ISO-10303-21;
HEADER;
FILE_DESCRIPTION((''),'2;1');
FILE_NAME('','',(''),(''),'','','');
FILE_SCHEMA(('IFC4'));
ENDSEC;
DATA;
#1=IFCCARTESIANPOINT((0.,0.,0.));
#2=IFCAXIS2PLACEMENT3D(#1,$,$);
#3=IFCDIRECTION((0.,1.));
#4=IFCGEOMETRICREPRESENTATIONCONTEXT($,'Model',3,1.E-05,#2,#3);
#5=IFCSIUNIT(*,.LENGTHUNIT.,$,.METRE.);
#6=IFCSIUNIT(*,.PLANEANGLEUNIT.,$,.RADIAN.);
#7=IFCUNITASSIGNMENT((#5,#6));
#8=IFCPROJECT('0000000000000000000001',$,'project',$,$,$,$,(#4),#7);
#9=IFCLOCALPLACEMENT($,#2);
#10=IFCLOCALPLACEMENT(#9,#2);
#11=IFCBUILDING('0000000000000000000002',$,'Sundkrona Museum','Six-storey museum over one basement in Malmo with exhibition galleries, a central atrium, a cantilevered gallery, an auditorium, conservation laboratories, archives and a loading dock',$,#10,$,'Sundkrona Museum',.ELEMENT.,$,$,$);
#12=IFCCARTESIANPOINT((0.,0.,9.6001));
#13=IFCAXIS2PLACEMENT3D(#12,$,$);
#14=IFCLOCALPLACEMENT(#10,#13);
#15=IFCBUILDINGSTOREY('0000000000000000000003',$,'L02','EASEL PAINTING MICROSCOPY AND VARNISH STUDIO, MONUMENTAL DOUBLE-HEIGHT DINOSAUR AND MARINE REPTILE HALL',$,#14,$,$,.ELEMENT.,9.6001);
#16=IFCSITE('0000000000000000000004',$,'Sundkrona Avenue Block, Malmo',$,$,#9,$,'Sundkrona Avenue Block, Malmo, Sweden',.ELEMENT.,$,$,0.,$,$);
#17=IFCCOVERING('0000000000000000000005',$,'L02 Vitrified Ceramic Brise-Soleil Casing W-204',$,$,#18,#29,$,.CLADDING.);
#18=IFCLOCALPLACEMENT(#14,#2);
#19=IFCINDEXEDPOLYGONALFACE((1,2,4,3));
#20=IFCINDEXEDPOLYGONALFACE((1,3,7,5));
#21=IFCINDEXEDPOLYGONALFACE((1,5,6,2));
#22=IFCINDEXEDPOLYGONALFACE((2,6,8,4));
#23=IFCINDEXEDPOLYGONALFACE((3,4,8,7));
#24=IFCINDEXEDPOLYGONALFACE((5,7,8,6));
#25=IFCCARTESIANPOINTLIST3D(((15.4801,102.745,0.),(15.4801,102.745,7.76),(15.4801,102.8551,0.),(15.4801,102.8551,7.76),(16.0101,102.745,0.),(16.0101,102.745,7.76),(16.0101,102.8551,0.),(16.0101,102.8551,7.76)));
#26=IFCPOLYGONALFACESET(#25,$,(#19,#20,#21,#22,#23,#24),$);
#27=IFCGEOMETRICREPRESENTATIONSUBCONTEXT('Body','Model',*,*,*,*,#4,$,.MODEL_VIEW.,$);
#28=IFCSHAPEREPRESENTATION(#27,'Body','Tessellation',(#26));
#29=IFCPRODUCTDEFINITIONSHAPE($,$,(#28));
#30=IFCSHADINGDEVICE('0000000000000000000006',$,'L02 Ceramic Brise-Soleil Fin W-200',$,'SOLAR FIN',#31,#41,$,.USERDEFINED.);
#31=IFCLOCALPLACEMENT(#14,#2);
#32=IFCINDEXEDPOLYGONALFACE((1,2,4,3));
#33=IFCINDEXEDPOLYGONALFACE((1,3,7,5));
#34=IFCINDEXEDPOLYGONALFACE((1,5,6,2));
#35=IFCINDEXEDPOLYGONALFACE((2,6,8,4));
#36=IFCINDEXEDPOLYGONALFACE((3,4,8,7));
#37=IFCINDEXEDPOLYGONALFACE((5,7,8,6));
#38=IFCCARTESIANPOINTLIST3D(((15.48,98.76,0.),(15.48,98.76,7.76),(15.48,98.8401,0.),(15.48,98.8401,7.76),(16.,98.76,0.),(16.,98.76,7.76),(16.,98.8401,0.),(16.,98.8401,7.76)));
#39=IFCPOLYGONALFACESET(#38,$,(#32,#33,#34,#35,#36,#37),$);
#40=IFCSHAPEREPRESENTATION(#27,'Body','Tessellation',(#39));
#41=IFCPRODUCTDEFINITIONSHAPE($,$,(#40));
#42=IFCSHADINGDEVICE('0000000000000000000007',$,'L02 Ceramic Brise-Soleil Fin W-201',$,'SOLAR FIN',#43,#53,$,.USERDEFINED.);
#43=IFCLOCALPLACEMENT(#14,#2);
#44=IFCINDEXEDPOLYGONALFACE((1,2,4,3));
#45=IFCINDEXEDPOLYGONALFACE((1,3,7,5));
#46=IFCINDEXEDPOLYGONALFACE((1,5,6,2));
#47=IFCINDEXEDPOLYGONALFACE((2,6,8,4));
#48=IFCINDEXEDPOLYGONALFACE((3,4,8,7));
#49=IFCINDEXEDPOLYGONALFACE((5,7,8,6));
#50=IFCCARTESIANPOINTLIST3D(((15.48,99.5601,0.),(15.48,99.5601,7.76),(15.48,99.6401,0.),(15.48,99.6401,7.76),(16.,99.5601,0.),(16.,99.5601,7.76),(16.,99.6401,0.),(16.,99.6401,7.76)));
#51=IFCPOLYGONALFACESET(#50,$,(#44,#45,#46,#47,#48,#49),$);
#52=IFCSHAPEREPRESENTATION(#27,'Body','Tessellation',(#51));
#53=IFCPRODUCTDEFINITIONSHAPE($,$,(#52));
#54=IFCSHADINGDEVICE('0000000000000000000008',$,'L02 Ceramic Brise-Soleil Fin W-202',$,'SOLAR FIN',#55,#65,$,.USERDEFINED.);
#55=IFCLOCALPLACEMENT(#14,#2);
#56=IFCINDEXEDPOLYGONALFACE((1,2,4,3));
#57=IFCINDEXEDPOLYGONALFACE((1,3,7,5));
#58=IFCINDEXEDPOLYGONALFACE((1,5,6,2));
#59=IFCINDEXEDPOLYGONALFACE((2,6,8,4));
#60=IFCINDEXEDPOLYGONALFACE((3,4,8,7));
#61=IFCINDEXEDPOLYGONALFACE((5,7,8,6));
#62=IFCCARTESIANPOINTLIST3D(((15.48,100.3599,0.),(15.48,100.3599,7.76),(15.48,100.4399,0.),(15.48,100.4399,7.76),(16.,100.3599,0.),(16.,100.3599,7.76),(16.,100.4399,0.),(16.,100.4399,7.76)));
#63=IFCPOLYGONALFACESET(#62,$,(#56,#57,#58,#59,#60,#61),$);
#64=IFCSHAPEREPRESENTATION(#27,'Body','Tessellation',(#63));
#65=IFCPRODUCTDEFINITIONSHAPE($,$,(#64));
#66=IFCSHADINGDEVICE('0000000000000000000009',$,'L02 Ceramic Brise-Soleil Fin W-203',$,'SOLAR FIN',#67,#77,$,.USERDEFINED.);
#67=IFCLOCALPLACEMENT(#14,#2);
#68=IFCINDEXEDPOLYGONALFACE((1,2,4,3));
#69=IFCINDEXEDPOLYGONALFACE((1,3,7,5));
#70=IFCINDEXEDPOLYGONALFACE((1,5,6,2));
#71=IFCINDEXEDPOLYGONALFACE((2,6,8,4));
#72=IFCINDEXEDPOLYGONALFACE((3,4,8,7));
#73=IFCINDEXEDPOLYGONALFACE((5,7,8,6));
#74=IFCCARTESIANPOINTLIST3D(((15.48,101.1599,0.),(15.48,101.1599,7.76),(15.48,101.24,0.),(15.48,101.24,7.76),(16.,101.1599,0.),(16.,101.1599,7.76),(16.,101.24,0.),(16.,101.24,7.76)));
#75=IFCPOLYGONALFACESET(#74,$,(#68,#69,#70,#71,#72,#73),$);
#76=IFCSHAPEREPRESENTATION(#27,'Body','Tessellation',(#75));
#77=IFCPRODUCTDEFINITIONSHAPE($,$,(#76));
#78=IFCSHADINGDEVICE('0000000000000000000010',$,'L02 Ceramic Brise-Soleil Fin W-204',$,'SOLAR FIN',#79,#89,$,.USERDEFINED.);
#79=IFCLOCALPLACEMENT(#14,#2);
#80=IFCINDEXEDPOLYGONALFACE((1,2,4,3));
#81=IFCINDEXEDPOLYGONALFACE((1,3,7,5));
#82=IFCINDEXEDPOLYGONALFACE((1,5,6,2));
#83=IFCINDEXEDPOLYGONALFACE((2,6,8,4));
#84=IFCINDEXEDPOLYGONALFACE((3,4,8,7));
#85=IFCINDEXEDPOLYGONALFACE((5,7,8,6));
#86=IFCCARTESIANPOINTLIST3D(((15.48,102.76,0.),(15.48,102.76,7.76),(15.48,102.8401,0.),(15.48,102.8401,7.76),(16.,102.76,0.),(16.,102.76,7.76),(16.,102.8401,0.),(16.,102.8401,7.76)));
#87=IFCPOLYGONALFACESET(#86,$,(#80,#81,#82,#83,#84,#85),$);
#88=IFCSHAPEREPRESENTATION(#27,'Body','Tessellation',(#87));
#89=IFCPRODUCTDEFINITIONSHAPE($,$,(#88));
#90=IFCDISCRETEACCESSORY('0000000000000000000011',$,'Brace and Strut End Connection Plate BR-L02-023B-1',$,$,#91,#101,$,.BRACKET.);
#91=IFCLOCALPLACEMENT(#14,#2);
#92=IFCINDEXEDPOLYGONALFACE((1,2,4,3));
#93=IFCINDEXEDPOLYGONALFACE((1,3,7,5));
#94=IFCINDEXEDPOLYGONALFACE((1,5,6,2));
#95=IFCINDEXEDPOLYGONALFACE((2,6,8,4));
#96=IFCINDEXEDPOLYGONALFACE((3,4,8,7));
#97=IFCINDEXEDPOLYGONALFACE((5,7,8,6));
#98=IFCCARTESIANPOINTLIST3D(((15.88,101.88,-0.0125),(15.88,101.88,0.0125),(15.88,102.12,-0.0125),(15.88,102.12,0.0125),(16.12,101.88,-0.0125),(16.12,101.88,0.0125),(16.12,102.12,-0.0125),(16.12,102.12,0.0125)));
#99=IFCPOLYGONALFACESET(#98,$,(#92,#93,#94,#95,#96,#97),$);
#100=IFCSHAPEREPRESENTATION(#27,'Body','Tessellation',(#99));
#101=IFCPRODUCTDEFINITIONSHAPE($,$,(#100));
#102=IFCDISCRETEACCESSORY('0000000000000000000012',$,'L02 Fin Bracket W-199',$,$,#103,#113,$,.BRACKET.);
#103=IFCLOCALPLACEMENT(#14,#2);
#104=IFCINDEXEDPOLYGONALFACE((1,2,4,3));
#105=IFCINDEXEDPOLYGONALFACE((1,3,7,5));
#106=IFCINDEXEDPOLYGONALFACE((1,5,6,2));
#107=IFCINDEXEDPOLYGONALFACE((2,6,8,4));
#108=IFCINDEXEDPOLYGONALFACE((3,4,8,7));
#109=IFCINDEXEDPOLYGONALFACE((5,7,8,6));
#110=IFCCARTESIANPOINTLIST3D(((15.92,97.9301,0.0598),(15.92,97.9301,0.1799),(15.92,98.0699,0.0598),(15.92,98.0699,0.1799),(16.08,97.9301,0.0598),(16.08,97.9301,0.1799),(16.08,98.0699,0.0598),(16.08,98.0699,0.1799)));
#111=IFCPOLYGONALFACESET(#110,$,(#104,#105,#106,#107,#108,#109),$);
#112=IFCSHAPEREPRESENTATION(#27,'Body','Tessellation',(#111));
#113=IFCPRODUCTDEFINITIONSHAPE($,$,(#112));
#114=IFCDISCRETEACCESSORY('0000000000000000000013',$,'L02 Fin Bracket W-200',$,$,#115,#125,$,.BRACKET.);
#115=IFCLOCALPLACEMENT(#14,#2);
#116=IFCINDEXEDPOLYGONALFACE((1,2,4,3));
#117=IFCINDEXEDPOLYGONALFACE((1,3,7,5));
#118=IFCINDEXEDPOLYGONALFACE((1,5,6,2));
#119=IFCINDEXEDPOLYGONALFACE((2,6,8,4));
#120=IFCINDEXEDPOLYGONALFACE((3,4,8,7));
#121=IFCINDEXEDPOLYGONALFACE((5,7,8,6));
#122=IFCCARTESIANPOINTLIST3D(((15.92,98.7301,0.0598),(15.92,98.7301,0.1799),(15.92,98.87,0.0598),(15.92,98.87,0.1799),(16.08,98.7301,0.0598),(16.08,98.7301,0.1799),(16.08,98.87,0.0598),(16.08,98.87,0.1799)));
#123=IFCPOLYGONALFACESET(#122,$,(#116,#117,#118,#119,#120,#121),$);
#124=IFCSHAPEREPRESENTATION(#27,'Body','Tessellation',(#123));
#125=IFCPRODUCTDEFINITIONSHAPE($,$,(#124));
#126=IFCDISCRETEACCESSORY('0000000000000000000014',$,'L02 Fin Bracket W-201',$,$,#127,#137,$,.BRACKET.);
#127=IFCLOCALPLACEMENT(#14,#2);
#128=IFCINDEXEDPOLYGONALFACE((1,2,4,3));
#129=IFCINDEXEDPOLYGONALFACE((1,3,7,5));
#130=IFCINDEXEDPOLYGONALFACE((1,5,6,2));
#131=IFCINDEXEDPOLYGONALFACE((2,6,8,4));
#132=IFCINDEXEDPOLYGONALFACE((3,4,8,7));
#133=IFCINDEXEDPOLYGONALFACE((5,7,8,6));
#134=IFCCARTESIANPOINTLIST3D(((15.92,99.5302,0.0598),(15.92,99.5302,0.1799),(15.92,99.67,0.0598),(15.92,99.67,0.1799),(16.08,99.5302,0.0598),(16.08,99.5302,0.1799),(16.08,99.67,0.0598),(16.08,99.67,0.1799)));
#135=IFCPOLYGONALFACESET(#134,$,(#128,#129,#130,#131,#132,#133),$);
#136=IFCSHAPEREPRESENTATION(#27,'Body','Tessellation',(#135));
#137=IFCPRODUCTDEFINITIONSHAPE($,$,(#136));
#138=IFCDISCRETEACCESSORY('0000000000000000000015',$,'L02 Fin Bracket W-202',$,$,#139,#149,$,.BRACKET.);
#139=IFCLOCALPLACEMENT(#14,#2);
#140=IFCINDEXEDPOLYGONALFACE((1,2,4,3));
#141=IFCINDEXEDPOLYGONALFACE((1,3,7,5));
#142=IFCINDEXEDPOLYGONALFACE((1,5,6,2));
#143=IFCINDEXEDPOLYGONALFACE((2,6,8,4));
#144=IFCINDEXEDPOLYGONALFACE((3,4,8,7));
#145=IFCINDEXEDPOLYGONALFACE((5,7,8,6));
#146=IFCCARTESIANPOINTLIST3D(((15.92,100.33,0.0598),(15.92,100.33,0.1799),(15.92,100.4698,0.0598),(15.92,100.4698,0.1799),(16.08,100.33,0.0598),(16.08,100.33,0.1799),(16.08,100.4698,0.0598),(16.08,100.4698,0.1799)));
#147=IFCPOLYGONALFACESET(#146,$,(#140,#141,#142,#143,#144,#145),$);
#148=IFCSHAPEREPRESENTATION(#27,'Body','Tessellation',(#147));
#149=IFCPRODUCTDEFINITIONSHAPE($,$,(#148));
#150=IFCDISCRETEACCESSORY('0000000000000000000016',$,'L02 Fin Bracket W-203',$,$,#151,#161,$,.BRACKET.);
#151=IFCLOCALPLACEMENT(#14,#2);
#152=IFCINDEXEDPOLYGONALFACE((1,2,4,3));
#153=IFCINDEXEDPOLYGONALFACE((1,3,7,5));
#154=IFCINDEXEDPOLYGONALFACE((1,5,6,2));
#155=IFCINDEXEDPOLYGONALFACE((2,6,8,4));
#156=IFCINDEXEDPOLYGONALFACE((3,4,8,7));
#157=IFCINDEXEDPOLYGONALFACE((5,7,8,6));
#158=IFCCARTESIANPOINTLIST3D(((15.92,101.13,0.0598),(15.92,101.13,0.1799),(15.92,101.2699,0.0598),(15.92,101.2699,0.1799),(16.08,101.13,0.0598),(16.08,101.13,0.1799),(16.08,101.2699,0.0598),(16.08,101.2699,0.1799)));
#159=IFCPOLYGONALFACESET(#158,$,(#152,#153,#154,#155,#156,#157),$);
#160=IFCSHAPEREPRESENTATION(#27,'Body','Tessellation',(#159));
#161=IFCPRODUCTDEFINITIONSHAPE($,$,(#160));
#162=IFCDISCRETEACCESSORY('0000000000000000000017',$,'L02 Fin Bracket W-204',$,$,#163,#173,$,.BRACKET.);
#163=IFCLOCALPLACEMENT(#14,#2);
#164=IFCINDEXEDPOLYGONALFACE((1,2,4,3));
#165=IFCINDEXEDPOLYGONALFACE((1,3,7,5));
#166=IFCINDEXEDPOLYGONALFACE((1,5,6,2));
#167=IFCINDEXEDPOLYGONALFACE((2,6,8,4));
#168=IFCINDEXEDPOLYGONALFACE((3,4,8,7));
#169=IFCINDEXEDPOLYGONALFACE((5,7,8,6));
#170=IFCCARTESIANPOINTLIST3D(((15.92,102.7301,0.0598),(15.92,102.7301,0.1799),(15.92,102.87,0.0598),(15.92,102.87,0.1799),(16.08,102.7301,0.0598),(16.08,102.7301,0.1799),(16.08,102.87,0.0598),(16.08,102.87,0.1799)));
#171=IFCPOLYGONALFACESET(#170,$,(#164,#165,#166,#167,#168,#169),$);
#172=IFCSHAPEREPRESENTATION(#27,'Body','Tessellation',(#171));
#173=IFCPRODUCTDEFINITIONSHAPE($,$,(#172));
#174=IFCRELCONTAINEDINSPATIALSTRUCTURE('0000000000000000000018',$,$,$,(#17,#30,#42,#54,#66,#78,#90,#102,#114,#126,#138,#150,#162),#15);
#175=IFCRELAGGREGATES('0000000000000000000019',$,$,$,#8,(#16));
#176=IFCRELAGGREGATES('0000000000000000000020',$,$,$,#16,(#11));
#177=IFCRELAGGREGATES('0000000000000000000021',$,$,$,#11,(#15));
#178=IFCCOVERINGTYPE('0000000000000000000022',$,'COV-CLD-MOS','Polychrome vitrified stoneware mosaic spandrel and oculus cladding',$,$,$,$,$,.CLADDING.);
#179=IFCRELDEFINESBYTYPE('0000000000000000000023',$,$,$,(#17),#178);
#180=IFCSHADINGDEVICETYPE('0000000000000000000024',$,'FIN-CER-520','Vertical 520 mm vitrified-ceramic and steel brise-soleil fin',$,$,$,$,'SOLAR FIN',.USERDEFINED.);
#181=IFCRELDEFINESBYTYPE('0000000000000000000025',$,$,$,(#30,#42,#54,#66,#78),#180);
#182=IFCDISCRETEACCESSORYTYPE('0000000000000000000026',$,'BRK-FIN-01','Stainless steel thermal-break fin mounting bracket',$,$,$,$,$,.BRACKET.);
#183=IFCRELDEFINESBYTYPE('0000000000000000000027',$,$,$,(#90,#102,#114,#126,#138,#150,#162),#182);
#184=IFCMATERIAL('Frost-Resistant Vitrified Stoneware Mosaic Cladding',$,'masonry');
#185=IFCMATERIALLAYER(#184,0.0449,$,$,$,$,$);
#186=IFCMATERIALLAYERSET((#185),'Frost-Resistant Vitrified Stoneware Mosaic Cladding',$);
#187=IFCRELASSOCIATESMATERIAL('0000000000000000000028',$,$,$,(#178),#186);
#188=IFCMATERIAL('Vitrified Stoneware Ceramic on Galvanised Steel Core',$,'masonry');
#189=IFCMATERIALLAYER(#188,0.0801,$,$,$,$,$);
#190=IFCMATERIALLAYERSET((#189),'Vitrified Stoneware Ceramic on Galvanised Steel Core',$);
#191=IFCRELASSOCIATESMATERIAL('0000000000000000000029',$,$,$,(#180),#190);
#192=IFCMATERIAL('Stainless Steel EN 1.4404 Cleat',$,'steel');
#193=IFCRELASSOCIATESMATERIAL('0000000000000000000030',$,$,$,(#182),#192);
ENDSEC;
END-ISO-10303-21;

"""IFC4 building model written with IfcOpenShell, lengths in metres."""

from ifc_helpers import new_model, si_unit, direction, frame, origin, origin_2d, place, context, subcontext, project, spatial, rectangle, extrude, material, layer, layer_set, type_object, element, save


model = new_model("IFC4")

# Units and contexts
model_context = context("Model", 3, precision=1e-05, world=origin(), true_north=direction((0.0, 1.0)))
body_context = subcontext(model_context, "Body", "Model", "MODEL_VIEW")
ifc_project = project(units=[si_unit("LENGTHUNIT", "METRE"), si_unit("PLANEANGLEUNIT", "RADIAN")], contexts=[model_context])

# Site, building, storey
site_placement = place(None, origin())
site = spatial("IfcSite", under=ifc_project, at=site_placement, Name="Sundkrona Avenue Block, Malmo", LongName="Sundkrona Avenue Block, Malmo, Sweden", CompositionType="ELEMENT", RefElevation=0.0)
building_placement = place(site_placement, origin())
building = spatial("IfcBuilding", under=site, at=building_placement, Name="Sundkrona Museum", Description="Six-storey museum over one basement in Malmo with exhibition galleries, a central atrium, a cantilevered gallery, an auditorium, conservation laboratories, archives and a loading dock", LongName="Sundkrona Museum", CompositionType="ELEMENT")
storey_placement = place(building_placement, frame((0.0, 0.0, 9.6001)))
storey = spatial("IfcBuildingStorey", under=building, at=storey_placement, Name="L02", Description="EASEL PAINTING MICROSCOPY AND VARNISH STUDIO, MONUMENTAL DOUBLE-HEIGHT DINOSAUR AND MARINE REPTILE HALL", CompositionType="ELEMENT", Elevation=9.6001)

# Covering
ifc_material_1 = material(Name="Frost-Resistant Vitrified Stoneware Mosaic Cladding", Category="masonry")
ifc_layer_1 = layer(ifc_material_1, 0.0449)
ifc_layer_set_1 = layer_set([ifc_layer_1], Name="Frost-Resistant Vitrified Stoneware Mosaic Cladding")
covering_type = type_object("IfcCoveringType", Name="COV-CLD-MOS", Description="Polychrome vitrified stoneware mosaic spandrel and oculus cladding", PredefinedType="CLADDING", material=ifc_layer_set_1)
for number, where, z_axis, x_axis, name in (
    (1, (15.7451, 102.8, 0.0), (0.0, 0.0, 1.0), (1.0, 0.0, 0.0), "L02 Vitrified Ceramic Brise-Soleil Casing W-204"),
):
    element("IfcCovering", number, at=place(storey_placement, frame(where, z_axis=z_axis, x_axis=x_axis)), inside=storey, type_object=covering_type, Name=name, PredefinedType="CLADDING", context=body_context, shape_type="SweptSolid", body=[
        extrude(rectangle(XDim=0.53, YDim=0.1101, at=origin_2d()), origin(), (0.0, 0.0, 1.0), 7.76),
    ])

# Shading devices
ifc_material_2 = material(Name="Vitrified Stoneware Ceramic on Galvanised Steel Core", Category="masonry")
ifc_layer_2 = layer(ifc_material_2, 0.0801)
ifc_layer_set_2 = layer_set([ifc_layer_2], Name="Vitrified Stoneware Ceramic on Galvanised Steel Core")
shading_device_type = type_object("IfcShadingDeviceType", Name="FIN-CER-520", Description="Vertical 520 mm vitrified-ceramic and steel brise-soleil fin", ElementType="SOLAR FIN", PredefinedType="USERDEFINED", material=ifc_layer_set_2)
for number, where, z_axis, x_axis, name in (
    (2, (15.74, 98.8, 0.0), (0.0, 0.0, 1.0), (1.0, 0.0, 0.0), "L02 Ceramic Brise-Soleil Fin W-200"),
    (3, (15.74, 99.6001, 0.0), (0.0, 0.0, 1.0), (1.0, 0.0, 0.0), "L02 Ceramic Brise-Soleil Fin W-201"),
    (4, (15.74, 100.3999, 0.0), (0.0, 0.0, 1.0), (1.0, 0.0, 0.0), "L02 Ceramic Brise-Soleil Fin W-202"),
    (5, (15.74, 101.2, 0.0), (0.0, 0.0, 1.0), (1.0, 0.0, 0.0), "L02 Ceramic Brise-Soleil Fin W-203"),
    (6, (15.74, 102.8, 0.0), (0.0, 0.0, 1.0), (1.0, 0.0, 0.0), "L02 Ceramic Brise-Soleil Fin W-204"),
):
    element("IfcShadingDevice", number, at=place(storey_placement, frame(where, z_axis=z_axis, x_axis=x_axis)), inside=storey, type_object=shading_device_type, Name=name, ObjectType="SOLAR FIN", PredefinedType="USERDEFINED", context=body_context, shape_type="SweptSolid", body=[
        extrude(rectangle(XDim=0.52, YDim=0.0801, at=origin_2d()), origin(), (0.0, 0.0, 1.0), 7.76),
    ])

# Discrete accessories
ifc_material_3 = material(Name="Stainless Steel EN 1.4404 Cleat", Category="steel")
discrete_accessory_type = type_object("IfcDiscreteAccessoryType", Name="BRK-FIN-01", Description="Stainless steel thermal-break fin mounting bracket", PredefinedType="BRACKET", material=ifc_material_3)
discrete_accessory_placement = place(storey_placement, frame((16.0, 102.0, -0.0125), z_axis=(0.0, 0.0, 1.0), x_axis=(1.0, 0.0, 0.0)))
element("IfcDiscreteAccessory", 7, at=discrete_accessory_placement, inside=storey, type_object=discrete_accessory_type, Name="Brace and Strut End Connection Plate BR-L02-023B-1", PredefinedType="BRACKET", context=body_context, shape_type="SweptSolid", body=[
    extrude(rectangle(XDim=0.24, YDim=0.24, at=origin_2d()), origin(), (0.0, 0.0, 1.0), 0.0249),
])
for number, where, z_axis, x_axis, name in (
    (8, (16.0, 98.0, 0.0598), (0.0, 0.0, 1.0), (1.0, 0.0, 0.0), "L02 Fin Bracket W-199"),
    (9, (16.0, 98.8, 0.0598), (0.0, 0.0, 1.0), (1.0, 0.0, 0.0), "L02 Fin Bracket W-200"),
    (10, (16.0, 99.6001, 0.0598), (0.0, 0.0, 1.0), (1.0, 0.0, 0.0), "L02 Fin Bracket W-201"),
    (11, (16.0, 100.3999, 0.0598), (0.0, 0.0, 1.0), (1.0, 0.0, 0.0), "L02 Fin Bracket W-202"),
    (12, (16.0, 101.2, 0.0598), (0.0, 0.0, 1.0), (1.0, 0.0, 0.0), "L02 Fin Bracket W-203"),
    (13, (16.0, 102.8, 0.0598), (0.0, 0.0, 1.0), (1.0, 0.0, 0.0), "L02 Fin Bracket W-204"),
):
    element("IfcDiscreteAccessory", number, at=place(storey_placement, frame(where, z_axis=z_axis, x_axis=x_axis)), inside=storey, type_object=discrete_accessory_type, Name=name, PredefinedType="BRACKET", context=body_context, shape_type="SweptSolid", body=[
        extrude(rectangle(XDim=0.1599, YDim=0.1399, at=origin_2d()), origin(), (0.0, 0.0, 1.0), 0.1201),
    ])

save(model, "model.ifc")
